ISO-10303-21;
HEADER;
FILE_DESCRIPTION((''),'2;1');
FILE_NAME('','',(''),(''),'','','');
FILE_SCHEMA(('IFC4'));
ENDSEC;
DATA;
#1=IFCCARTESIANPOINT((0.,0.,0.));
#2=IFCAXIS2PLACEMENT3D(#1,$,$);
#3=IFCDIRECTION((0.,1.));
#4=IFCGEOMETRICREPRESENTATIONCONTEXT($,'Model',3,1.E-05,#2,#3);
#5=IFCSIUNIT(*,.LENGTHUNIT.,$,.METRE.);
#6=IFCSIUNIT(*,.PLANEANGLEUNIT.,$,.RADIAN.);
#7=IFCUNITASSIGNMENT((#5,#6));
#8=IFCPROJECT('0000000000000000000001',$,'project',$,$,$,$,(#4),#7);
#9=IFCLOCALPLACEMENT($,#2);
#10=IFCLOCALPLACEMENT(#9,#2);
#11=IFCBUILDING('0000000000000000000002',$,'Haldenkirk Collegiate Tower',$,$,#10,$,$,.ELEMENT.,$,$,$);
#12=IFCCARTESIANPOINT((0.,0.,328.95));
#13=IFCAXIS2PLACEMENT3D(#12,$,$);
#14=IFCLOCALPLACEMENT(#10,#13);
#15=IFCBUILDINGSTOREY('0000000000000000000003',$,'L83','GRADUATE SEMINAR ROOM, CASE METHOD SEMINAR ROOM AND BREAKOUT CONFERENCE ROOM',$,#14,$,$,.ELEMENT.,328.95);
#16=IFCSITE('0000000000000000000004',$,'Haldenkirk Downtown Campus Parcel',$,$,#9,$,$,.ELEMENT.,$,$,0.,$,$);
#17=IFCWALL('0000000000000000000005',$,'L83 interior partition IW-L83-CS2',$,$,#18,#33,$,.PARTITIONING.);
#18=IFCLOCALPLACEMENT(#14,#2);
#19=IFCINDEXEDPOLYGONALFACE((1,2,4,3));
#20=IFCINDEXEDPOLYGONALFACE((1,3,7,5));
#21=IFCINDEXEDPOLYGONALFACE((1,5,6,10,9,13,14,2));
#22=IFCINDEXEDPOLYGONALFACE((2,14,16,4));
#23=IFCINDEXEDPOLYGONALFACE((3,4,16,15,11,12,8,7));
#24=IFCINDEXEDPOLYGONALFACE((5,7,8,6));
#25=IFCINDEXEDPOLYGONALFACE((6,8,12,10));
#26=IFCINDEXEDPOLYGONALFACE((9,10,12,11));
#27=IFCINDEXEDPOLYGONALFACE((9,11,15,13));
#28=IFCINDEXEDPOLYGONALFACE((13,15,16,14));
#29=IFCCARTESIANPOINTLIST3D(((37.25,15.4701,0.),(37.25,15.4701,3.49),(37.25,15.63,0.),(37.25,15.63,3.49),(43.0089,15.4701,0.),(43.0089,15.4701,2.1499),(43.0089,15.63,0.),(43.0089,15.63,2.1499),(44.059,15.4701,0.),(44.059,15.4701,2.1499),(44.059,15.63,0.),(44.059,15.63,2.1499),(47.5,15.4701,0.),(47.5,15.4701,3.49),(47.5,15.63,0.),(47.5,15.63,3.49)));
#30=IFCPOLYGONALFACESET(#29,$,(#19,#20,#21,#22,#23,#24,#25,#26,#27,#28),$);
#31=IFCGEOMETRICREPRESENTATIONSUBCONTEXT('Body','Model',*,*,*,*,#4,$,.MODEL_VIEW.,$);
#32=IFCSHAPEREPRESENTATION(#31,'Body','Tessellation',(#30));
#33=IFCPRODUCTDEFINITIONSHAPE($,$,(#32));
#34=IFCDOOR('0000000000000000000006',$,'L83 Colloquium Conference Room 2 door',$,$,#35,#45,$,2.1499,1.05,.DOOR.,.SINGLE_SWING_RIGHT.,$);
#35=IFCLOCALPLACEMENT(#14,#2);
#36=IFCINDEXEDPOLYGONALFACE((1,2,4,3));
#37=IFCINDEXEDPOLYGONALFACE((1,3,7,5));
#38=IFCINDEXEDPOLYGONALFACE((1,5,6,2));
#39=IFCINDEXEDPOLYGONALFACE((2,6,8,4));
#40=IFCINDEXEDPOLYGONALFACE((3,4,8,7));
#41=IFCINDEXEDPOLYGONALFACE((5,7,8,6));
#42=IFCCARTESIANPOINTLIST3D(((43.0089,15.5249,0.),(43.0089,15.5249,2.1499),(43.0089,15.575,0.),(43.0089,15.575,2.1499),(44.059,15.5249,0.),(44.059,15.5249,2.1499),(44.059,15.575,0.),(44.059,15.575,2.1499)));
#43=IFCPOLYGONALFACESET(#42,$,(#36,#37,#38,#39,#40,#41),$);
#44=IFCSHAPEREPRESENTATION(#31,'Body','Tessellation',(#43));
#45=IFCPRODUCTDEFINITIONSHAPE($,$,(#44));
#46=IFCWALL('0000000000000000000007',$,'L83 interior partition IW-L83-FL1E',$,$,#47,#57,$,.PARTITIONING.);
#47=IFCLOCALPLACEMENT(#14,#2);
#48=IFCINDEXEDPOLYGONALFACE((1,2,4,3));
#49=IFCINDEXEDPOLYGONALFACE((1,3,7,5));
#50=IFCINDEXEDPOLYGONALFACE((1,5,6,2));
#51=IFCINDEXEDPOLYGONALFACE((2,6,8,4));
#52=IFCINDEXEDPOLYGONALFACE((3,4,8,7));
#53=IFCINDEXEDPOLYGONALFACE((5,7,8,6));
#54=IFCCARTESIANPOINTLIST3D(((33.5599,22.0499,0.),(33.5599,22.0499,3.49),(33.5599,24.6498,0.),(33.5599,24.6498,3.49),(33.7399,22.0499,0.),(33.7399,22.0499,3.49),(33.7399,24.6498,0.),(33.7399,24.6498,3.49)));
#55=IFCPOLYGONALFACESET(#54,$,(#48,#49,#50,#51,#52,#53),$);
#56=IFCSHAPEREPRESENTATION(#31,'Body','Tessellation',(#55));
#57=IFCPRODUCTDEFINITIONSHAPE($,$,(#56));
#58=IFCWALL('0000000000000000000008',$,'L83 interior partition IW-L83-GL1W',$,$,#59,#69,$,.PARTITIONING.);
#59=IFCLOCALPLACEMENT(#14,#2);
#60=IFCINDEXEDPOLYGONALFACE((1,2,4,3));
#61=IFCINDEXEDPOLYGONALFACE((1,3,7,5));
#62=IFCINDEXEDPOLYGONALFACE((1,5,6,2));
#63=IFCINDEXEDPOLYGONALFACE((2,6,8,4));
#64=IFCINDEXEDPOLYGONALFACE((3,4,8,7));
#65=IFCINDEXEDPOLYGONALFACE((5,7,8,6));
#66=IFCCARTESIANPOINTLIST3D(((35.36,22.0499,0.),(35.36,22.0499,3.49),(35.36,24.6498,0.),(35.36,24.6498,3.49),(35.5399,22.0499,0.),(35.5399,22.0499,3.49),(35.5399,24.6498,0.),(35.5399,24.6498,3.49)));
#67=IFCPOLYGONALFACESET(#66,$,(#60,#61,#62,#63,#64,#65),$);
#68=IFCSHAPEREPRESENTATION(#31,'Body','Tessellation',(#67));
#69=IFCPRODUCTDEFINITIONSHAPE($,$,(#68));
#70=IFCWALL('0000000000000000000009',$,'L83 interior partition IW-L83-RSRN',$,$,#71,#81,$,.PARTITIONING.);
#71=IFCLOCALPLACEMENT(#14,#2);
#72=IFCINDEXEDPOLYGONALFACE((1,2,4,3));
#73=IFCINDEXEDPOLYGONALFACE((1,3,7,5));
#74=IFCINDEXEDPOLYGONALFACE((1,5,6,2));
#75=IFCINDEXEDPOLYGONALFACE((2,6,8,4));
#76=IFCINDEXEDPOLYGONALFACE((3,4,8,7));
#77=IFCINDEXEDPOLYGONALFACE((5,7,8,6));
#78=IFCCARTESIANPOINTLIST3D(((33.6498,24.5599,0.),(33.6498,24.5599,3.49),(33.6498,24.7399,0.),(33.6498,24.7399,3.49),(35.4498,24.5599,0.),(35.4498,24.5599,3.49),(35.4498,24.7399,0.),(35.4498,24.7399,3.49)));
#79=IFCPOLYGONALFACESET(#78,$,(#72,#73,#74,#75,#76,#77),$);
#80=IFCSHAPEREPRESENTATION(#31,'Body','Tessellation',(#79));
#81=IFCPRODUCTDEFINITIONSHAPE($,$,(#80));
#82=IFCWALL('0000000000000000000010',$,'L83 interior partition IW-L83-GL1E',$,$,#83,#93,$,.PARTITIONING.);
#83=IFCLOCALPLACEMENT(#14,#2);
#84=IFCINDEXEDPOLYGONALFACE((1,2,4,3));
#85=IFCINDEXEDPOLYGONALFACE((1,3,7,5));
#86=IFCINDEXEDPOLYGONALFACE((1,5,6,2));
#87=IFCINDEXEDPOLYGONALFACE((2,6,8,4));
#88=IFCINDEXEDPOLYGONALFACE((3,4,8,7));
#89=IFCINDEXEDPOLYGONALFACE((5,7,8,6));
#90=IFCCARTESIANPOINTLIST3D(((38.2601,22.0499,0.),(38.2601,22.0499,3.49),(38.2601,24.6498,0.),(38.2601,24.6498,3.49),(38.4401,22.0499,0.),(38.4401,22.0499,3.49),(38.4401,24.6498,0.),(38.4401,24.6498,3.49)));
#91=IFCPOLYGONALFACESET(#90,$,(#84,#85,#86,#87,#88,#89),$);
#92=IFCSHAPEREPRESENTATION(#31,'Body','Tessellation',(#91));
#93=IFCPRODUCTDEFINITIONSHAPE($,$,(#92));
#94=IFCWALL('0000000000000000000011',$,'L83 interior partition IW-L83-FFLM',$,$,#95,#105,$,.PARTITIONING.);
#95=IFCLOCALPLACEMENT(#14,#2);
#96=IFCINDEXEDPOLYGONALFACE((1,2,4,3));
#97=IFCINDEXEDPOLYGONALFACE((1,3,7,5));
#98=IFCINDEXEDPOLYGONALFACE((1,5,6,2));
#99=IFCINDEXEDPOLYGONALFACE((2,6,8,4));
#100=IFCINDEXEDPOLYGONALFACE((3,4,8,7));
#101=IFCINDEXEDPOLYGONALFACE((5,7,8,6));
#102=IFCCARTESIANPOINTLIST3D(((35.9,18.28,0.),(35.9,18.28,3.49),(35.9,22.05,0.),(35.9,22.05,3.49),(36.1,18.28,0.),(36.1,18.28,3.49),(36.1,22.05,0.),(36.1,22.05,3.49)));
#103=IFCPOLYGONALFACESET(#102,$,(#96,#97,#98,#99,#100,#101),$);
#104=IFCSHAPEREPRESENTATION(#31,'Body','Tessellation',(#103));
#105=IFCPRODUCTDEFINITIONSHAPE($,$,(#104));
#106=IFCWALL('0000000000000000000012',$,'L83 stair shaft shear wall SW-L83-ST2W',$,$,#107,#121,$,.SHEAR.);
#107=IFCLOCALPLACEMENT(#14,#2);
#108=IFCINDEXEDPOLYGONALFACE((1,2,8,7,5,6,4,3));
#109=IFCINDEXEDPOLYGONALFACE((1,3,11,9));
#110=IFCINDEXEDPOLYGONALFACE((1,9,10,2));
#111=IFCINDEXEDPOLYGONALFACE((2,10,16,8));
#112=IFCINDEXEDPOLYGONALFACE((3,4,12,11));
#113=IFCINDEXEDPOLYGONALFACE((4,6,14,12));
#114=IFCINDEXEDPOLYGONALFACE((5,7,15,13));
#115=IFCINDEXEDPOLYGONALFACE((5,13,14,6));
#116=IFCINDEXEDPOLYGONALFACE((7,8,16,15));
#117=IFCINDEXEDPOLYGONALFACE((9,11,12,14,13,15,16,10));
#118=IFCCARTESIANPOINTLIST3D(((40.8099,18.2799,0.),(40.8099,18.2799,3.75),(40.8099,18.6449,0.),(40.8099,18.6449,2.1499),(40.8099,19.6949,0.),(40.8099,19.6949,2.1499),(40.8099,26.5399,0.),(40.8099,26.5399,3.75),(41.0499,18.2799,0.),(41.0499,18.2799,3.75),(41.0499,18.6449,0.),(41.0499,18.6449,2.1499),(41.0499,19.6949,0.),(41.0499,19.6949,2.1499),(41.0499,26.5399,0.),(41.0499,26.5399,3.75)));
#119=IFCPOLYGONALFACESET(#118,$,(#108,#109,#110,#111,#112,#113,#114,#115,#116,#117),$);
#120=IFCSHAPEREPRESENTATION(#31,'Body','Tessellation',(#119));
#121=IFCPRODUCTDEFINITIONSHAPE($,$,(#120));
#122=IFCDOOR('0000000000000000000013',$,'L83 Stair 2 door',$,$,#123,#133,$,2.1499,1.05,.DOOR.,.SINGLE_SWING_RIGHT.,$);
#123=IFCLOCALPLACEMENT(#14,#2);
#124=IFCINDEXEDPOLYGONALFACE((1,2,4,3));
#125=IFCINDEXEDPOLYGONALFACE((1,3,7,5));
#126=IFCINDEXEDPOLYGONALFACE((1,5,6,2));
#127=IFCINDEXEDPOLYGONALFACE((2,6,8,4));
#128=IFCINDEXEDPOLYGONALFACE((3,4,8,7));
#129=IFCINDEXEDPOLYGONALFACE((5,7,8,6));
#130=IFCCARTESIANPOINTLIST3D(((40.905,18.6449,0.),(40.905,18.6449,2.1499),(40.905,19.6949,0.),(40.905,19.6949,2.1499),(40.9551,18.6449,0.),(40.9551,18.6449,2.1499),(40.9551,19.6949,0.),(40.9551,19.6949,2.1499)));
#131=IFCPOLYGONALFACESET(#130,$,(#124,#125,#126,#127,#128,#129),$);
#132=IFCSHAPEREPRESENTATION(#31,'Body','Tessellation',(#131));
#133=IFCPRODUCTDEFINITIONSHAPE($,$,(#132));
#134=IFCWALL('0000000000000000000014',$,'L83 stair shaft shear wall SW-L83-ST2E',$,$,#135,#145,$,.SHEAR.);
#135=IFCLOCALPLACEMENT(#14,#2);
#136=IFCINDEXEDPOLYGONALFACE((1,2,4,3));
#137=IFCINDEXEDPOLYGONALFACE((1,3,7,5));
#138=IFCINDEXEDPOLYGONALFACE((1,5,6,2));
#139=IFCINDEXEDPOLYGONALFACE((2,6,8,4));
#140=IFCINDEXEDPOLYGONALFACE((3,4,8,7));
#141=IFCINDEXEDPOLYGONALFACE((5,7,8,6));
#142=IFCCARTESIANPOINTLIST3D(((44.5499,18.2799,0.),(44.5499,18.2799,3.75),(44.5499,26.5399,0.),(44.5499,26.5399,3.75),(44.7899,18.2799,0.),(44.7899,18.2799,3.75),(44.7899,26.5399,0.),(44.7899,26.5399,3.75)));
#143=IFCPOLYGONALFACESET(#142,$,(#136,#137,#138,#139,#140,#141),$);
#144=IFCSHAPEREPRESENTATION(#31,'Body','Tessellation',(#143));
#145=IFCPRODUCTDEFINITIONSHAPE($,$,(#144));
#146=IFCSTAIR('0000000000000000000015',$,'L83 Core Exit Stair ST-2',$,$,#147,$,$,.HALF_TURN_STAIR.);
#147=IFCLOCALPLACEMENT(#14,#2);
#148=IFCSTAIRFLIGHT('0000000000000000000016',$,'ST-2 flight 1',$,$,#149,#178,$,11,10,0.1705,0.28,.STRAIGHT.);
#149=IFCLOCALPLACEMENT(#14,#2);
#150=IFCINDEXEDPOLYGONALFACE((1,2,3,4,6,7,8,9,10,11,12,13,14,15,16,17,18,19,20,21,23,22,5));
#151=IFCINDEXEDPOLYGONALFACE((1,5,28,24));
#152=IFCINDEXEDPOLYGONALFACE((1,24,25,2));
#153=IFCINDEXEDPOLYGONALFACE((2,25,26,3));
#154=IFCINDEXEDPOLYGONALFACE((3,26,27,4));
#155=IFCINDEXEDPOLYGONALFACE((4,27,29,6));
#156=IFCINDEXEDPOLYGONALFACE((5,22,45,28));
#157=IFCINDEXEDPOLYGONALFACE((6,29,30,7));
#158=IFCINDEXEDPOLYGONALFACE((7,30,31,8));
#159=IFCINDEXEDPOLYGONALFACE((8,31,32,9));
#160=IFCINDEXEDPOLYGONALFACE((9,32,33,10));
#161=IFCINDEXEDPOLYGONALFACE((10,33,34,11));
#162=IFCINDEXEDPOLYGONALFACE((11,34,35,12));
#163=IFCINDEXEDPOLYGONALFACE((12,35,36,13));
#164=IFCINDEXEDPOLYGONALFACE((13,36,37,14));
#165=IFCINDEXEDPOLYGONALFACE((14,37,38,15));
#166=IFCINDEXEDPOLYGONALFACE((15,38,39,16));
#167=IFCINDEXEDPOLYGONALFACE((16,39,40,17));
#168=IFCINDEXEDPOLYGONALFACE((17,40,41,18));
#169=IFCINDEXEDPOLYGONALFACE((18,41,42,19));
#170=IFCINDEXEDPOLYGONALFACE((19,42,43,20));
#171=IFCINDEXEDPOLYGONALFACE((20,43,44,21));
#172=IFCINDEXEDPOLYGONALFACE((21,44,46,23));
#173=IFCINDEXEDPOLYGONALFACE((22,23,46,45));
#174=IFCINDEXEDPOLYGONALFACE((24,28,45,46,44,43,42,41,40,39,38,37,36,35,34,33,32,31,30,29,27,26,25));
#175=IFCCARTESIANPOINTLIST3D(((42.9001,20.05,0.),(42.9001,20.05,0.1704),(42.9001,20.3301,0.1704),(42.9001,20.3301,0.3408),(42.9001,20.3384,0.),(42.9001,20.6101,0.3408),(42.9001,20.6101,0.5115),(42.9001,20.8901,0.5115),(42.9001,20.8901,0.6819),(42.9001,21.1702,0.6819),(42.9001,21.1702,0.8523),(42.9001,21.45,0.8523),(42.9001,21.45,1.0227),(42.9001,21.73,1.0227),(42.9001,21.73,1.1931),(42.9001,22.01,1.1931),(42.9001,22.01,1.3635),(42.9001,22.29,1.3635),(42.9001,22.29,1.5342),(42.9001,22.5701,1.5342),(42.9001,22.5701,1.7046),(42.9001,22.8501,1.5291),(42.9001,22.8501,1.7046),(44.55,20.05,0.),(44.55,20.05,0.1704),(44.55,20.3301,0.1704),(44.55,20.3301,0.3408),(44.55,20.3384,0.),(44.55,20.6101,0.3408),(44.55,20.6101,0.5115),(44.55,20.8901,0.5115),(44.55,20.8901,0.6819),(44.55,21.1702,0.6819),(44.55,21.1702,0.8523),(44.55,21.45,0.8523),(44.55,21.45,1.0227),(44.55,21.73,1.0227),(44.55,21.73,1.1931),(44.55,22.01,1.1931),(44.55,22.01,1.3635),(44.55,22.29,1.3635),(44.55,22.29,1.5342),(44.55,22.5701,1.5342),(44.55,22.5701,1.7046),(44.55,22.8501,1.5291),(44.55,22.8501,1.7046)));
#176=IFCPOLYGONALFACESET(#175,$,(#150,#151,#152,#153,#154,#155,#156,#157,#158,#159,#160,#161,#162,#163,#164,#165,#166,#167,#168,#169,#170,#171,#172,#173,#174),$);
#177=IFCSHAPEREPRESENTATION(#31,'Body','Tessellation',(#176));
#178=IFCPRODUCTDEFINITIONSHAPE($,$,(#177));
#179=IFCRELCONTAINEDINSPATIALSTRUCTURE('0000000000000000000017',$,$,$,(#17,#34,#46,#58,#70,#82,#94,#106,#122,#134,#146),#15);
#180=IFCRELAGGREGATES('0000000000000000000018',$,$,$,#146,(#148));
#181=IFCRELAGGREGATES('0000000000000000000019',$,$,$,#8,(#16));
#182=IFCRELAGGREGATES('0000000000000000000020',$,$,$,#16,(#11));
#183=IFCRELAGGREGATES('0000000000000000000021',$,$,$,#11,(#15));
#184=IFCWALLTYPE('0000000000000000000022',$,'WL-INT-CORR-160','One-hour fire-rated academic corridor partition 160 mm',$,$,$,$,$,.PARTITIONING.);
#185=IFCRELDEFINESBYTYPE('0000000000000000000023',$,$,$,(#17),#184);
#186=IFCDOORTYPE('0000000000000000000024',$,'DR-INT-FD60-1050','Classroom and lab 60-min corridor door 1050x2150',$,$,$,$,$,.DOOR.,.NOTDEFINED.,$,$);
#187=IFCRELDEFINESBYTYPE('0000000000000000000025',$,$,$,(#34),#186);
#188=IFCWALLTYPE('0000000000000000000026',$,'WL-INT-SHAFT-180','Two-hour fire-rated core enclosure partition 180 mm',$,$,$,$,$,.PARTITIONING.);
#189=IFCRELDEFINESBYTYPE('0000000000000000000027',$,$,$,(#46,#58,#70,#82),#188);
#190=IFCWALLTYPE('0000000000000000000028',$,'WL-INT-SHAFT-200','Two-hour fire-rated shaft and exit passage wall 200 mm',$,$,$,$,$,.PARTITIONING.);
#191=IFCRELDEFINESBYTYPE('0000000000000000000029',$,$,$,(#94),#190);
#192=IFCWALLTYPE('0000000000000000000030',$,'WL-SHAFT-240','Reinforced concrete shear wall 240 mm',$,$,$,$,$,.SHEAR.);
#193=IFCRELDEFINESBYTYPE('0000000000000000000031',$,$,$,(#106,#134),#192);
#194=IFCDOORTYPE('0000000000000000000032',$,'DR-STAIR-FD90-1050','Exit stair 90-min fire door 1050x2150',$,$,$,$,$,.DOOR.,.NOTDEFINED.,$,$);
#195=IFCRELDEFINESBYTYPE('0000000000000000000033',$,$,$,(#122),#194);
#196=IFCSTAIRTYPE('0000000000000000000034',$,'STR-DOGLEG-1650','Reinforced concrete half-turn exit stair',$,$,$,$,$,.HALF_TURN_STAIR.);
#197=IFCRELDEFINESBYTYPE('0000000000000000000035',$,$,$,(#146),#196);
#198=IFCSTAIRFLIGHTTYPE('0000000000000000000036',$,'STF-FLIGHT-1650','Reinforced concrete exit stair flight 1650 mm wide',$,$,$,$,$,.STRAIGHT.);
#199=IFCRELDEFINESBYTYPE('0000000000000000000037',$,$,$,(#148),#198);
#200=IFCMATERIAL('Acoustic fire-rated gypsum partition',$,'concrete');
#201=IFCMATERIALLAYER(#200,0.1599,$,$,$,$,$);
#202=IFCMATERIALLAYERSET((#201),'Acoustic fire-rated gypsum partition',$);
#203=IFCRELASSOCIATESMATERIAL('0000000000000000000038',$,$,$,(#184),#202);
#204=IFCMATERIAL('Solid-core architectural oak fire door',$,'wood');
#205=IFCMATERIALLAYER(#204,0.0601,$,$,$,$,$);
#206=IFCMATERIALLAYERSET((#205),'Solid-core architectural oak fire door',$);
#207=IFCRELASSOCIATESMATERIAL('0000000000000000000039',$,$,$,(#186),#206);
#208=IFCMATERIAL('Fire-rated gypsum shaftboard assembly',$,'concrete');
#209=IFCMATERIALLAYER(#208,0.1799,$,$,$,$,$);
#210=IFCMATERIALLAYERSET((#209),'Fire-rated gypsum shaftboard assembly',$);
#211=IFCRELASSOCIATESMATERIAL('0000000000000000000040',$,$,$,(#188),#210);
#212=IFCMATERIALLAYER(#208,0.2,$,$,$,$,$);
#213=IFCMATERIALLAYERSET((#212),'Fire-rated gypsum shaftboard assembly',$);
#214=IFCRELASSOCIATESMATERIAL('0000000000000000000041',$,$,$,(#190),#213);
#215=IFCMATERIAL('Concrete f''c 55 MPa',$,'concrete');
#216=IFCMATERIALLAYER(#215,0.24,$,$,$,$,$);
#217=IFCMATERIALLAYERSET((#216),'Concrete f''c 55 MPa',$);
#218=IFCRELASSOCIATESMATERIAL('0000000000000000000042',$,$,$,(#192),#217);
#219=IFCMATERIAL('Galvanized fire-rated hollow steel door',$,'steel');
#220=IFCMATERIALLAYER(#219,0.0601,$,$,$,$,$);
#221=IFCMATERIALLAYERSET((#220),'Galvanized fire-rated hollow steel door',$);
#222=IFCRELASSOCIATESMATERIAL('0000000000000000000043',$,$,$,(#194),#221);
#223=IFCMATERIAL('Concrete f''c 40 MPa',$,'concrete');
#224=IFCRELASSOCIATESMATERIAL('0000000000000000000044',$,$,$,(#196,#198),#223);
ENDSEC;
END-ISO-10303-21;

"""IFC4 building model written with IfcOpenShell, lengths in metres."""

from ifc_helpers import new_model, si_unit, direction, frame, frame_2d, origin, place, context, subcontext, project, spatial, polyline, rectangle, outline, extrude, material, layer, layer_set, type_object, element, fill, aggregate, save


model = new_model("IFC4")

# Units and contexts
model_context = context("Model", 3, precision=1e-05, world=origin(), true_north=direction((0.0, 1.0)))
body_context = subcontext(model_context, "Body", "Model", "MODEL_VIEW")
ifc_project = project(units=[si_unit("LENGTHUNIT", "METRE"), si_unit("PLANEANGLEUNIT", "RADIAN")], contexts=[model_context])

# Site, building, storey
site_placement = place(None, origin())
site = spatial("IfcSite", under=ifc_project, at=site_placement, Name="Haldenkirk Downtown Campus Parcel", CompositionType="ELEMENT", RefElevation=0.0)
building_placement = place(site_placement, origin())
building = spatial("IfcBuilding", under=site, at=building_placement, Name="Haldenkirk Collegiate Tower", CompositionType="ELEMENT")
storey_placement = place(building_placement, frame((0.0, 0.0, 328.95)))
storey = spatial("IfcBuildingStorey", under=building, at=storey_placement, Name="L83", Description="GRADUATE SEMINAR ROOM, CASE METHOD SEMINAR ROOM AND BREAKOUT CONFERENCE ROOM", CompositionType="ELEMENT", Elevation=328.95)

# Wall, opening, door
ifc_material_1 = material(Name="Acoustic fire-rated gypsum partition", Category="concrete")
ifc_layer_1 = layer(ifc_material_1, 0.1599)
ifc_layer_set_1 = layer_set([ifc_layer_1], Name="Acoustic fire-rated gypsum partition")
wall_type_1 = type_object("IfcWallType", Name="WL-INT-CORR-160", Description="One-hour fire-rated academic corridor partition 160 mm", PredefinedType="PARTITIONING", material=ifc_layer_set_1)
wall_1_placement = place(storey_placement, frame((37.25, 15.55, 0.0), z_axis=(0.0, 0.0, 1.0), x_axis=(1.0, 0.0, 0.0)))
wall_1 = element("IfcWall", 1, at=wall_1_placement, inside=storey, type_object=wall_type_1, Name="L83 interior partition IW-L83-CS2", PredefinedType="PARTITIONING", context=body_context, shape_type="SweptSolid", body=[
    extrude(rectangle(XDim=10.25, YDim=0.1599, at=frame_2d((5.125, 0.0))), origin(), (0.0, 0.0, 1.0), 3.49),
])
opening_1_placement = place(wall_1_placement, frame((5.759, 0.0, 0.0)))
opening_1 = element("IfcOpeningElement", 2, at=opening_1_placement, cuts=wall_1, PredefinedType="OPENING", context=body_context, shape_type="SweptSolid", body=[
    extrude(rectangle(XDim=1.05, YDim=2.1499, at=frame_2d((0.5249, 1.075))), frame((0.0, 0.0898, 0.0), z_axis=(0.0, -1.0, 0.0), x_axis=(1.0, 0.0, 0.0)), (0.0, 0.0, 1.0), 0.1799),
])
ifc_material_2 = material(Name="Solid-core architectural oak fire door", Category="wood")
ifc_layer_2 = layer(ifc_material_2, 0.0601)
ifc_layer_set_2 = layer_set([ifc_layer_2], Name="Solid-core architectural oak fire door")
door_type_1 = type_object("IfcDoorType", Name="DR-INT-FD60-1050", Description="Classroom and lab 60-min corridor door 1050x2150", OperationType="NOTDEFINED", PredefinedType="DOOR", material=ifc_layer_set_2)
door_1_placement = place(opening_1_placement, origin())
door_1 = element("IfcDoor", 3, at=door_1_placement, inside=storey, type_object=door_type_1, Name="L83 Colloquium Conference Room 2 door", OperationType="SINGLE_SWING_RIGHT", OverallHeight=2.1499, OverallWidth=1.05, PredefinedType="DOOR", context=body_context, shape_type="SweptSolid", body=[
    extrude(rectangle(XDim=1.05, YDim=2.1499, at=frame_2d((0.5249, 1.075))), frame((0.0, 0.0249, 0.0), z_axis=(0.0, -1.0, 0.0), x_axis=(1.0, 0.0, 0.0)), (0.0, 0.0, 1.0), 0.05),
])
fill(opening_1, door_1)

# Walls
ifc_material_3 = material(Name="Fire-rated gypsum shaftboard assembly", Category="concrete")
ifc_layer_3 = layer(ifc_material_3, 0.1799)
ifc_layer_set_3 = layer_set([ifc_layer_3], Name="Fire-rated gypsum shaftboard assembly")
wall_type_2 = type_object("IfcWallType", Name="WL-INT-SHAFT-180", Description="Two-hour fire-rated core enclosure partition 180 mm", PredefinedType="PARTITIONING", material=ifc_layer_set_3)
for number, where, z_axis, x_axis, name in (
    (4, (33.6499, 22.05, 0.0), (0.0, 0.0, 1.0), (0.0, 1.0, 0.0), "L83 interior partition IW-L83-FL1E"),
    (5, (35.45, 22.05, 0.0), (0.0, 0.0, 1.0), (0.0, 1.0, 0.0), "L83 interior partition IW-L83-GL1W"),
):
    element("IfcWall", number, at=place(storey_placement, frame(where, z_axis=z_axis, x_axis=x_axis)), inside=storey, type_object=wall_type_2, Name=name, PredefinedType="PARTITIONING", context=body_context, shape_type="SweptSolid", body=[
        extrude(rectangle(XDim=2.5999, YDim=0.1799, at=frame_2d((1.2998, 0.0))), origin(), (0.0, 0.0, 1.0), 3.49),
    ])
wall_2_placement = place(storey_placement, frame((33.6499, 24.6499, 0.0), z_axis=(0.0, 0.0, 1.0), x_axis=(1.0, 0.0, 0.0)))
element("IfcWall", 6, at=wall_2_placement, inside=storey, type_object=wall_type_2, Name="L83 interior partition IW-L83-RSRN", PredefinedType="PARTITIONING", context=body_context, shape_type="SweptSolid", body=[
    extrude(rectangle(XDim=1.8, YDim=0.1799, at=frame_2d((0.8999, 0.0))), origin(), (0.0, 0.0, 1.0), 3.49),
])
wall_3_placement = place(storey_placement, frame((38.3501, 22.05, 0.0), z_axis=(0.0, 0.0, 1.0), x_axis=(0.0, 1.0, 0.0)))
element("IfcWall", 7, at=wall_3_placement, inside=storey, type_object=wall_type_2, Name="L83 interior partition IW-L83-GL1E", PredefinedType="PARTITIONING", context=body_context, shape_type="SweptSolid", body=[
    extrude(rectangle(XDim=2.5999, YDim=0.1799, at=frame_2d((1.2998, 0.0))), origin(), (0.0, 0.0, 1.0), 3.49),
])
ifc_layer_4 = layer(ifc_material_3, 0.2)
ifc_layer_set_4 = layer_set([ifc_layer_4], Name="Fire-rated gypsum shaftboard assembly")
wall_type_3 = type_object("IfcWallType", Name="WL-INT-SHAFT-200", Description="Two-hour fire-rated shaft and exit passage wall 200 mm", PredefinedType="PARTITIONING", material=ifc_layer_set_4)
wall_4_placement = place(storey_placement, frame((36.0, 18.28, 0.0), z_axis=(0.0, 0.0, 1.0), x_axis=(0.0, 1.0, 0.0)))
element("IfcWall", 8, at=wall_4_placement, inside=storey, type_object=wall_type_3, Name="L83 interior partition IW-L83-FFLM", PredefinedType="PARTITIONING", context=body_context, shape_type="SweptSolid", body=[
    extrude(rectangle(XDim=3.77, YDim=0.2, at=frame_2d((1.885, 0.0))), origin(), (0.0, 0.0, 1.0), 3.49),
])

# Wall, opening, door
ifc_material_4 = material(Name="Concrete f'c 55 MPa", Category="concrete")
ifc_layer_5 = layer(ifc_material_4, 0.24)
ifc_layer_set_5 = layer_set([ifc_layer_5], Name="Concrete f'c 55 MPa")
wall_type_4 = type_object("IfcWallType", Name="WL-SHAFT-240", Description="Reinforced concrete shear wall 240 mm", PredefinedType="SHEAR", material=ifc_layer_set_5)
wall_5_placement = place(storey_placement, frame((40.9299, 18.28, 0.0), z_axis=(0.0, 0.0, 1.0), x_axis=(0.0, 1.0, 0.0)))
wall_5 = element("IfcWall", 9, at=wall_5_placement, inside=storey, type_object=wall_type_4, Name="L83 stair shaft shear wall SW-L83-ST2W", PredefinedType="SHEAR", context=body_context, shape_type="SweptSolid", body=[
    extrude(rectangle(XDim=8.26, YDim=0.24, at=frame_2d((4.1299, 0.0))), origin(), (0.0, 0.0, 1.0), 3.75),
])
opening_2_placement = place(wall_5_placement, frame((0.365, 0.0, 0.0)))
opening_2 = element("IfcOpeningElement", 10, at=opening_2_placement, cuts=wall_5, PredefinedType="OPENING", context=body_context, shape_type="SweptSolid", body=[
    extrude(rectangle(XDim=1.05, YDim=2.1499, at=frame_2d((0.5249, 1.075))), frame((0.0, 0.1299, 0.0), z_axis=(0.0, -1.0, 0.0), x_axis=(1.0, 0.0, 0.0)), (0.0, 0.0, 1.0), 0.26),
])
ifc_material_5 = material(Name="Galvanized fire-rated hollow steel door", Category="steel")
ifc_layer_6 = layer(ifc_material_5, 0.0601)
ifc_layer_set_6 = layer_set([ifc_layer_6], Name="Galvanized fire-rated hollow steel door")
door_type_2 = type_object("IfcDoorType", Name="DR-STAIR-FD90-1050", Description="Exit stair 90-min fire door 1050x2150", OperationType="NOTDEFINED", PredefinedType="DOOR", material=ifc_layer_set_6)
door_2_placement = place(opening_2_placement, origin())
door_2 = element("IfcDoor", 11, at=door_2_placement, inside=storey, type_object=door_type_2, Name="L83 Stair 2 door", OperationType="SINGLE_SWING_RIGHT", OverallHeight=2.1499, OverallWidth=1.05, PredefinedType="DOOR", context=body_context, shape_type="SweptSolid", body=[
    extrude(rectangle(XDim=1.05, YDim=2.1499, at=frame_2d((0.5249, 1.075))), frame((0.0, 0.0249, 0.0), z_axis=(0.0, -1.0, 0.0), x_axis=(1.0, 0.0, 0.0)), (0.0, 0.0, 1.0), 0.05),
])
fill(opening_2, door_2)

# Wall
wall_6_placement = place(storey_placement, frame((44.6699, 18.28, 0.0), z_axis=(0.0, 0.0, 1.0), x_axis=(0.0, 1.0, 0.0)))
element("IfcWall", 12, at=wall_6_placement, inside=storey, type_object=wall_type_4, Name="L83 stair shaft shear wall SW-L83-ST2E", PredefinedType="SHEAR", context=body_context, shape_type="SweptSolid", body=[
    extrude(rectangle(XDim=8.26, YDim=0.24, at=frame_2d((4.1299, 0.0))), origin(), (0.0, 0.0, 1.0), 3.75),
])

# Stair, stair flight
ifc_material_6 = material(Name="Concrete f'c 40 MPa", Category="concrete")
stair_type = type_object("IfcStairType", Name="STR-DOGLEG-1650", Description="Reinforced concrete half-turn exit stair", PredefinedType="HALF_TURN_STAIR", material=ifc_material_6)
stair_placement = place(storey_placement, origin())
stair = element("IfcStair", 13, at=stair_placement, inside=storey, type_object=stair_type, Name="L83 Core Exit Stair ST-2", PredefinedType="HALF_TURN_STAIR")
stair_flight_type = type_object("IfcStairFlightType", Name="STF-FLIGHT-1650", Description="Reinforced concrete exit stair flight 1650 mm wide", PredefinedType="STRAIGHT", material=ifc_material_6)
stair_flight_1_placement = place(storey_placement, frame((43.7251, 20.05, 0.0), z_axis=(0.0, 0.0, 1.0), x_axis=(0.0, 1.0, 0.0)))
stair_flight_1 = element("IfcStairFlight", 14, at=stair_flight_1_placement, type_object=stair_flight_type, Name="ST-2 flight 1", NumberOfRisers=11, NumberOfTreads=10, PredefinedType="STRAIGHT", RiserHeight=0.1705, TreadLength=0.28, context=body_context, shape_type="SweptSolid", body=[
    extrude(outline(polyline([(0.0, 0.0), (0.0, 0.1704), (0.28, 0.1704), (0.28, 0.3408), (0.5601, 0.3408), (0.5601, 0.5115), (0.8401, 0.5115), (0.8401, 0.6819), (1.1201, 0.6819), (1.1201, 0.8523), (1.3999, 0.8523), (1.3999, 1.0227), (1.6799, 1.0227), (1.6799, 1.1931), (1.96, 1.1931), (1.96, 1.3635), (2.24, 1.3635), (2.24, 1.5342), (2.52, 1.5342), (2.52, 1.7046), (2.8, 1.7046), (2.8, 1.875), (2.8, 1.5291), (0.2883, 0.0), (0.0, 0.0)])), frame((0.0, 0.825, 0.0), z_axis=(0.0, -1.0, 0.0), x_axis=(1.0, 0.0, 0.0)), (0.0, 0.0, 1.0), 1.6499),
])
aggregate(stair, [stair_flight_1])

save(model, "model.ifc")
